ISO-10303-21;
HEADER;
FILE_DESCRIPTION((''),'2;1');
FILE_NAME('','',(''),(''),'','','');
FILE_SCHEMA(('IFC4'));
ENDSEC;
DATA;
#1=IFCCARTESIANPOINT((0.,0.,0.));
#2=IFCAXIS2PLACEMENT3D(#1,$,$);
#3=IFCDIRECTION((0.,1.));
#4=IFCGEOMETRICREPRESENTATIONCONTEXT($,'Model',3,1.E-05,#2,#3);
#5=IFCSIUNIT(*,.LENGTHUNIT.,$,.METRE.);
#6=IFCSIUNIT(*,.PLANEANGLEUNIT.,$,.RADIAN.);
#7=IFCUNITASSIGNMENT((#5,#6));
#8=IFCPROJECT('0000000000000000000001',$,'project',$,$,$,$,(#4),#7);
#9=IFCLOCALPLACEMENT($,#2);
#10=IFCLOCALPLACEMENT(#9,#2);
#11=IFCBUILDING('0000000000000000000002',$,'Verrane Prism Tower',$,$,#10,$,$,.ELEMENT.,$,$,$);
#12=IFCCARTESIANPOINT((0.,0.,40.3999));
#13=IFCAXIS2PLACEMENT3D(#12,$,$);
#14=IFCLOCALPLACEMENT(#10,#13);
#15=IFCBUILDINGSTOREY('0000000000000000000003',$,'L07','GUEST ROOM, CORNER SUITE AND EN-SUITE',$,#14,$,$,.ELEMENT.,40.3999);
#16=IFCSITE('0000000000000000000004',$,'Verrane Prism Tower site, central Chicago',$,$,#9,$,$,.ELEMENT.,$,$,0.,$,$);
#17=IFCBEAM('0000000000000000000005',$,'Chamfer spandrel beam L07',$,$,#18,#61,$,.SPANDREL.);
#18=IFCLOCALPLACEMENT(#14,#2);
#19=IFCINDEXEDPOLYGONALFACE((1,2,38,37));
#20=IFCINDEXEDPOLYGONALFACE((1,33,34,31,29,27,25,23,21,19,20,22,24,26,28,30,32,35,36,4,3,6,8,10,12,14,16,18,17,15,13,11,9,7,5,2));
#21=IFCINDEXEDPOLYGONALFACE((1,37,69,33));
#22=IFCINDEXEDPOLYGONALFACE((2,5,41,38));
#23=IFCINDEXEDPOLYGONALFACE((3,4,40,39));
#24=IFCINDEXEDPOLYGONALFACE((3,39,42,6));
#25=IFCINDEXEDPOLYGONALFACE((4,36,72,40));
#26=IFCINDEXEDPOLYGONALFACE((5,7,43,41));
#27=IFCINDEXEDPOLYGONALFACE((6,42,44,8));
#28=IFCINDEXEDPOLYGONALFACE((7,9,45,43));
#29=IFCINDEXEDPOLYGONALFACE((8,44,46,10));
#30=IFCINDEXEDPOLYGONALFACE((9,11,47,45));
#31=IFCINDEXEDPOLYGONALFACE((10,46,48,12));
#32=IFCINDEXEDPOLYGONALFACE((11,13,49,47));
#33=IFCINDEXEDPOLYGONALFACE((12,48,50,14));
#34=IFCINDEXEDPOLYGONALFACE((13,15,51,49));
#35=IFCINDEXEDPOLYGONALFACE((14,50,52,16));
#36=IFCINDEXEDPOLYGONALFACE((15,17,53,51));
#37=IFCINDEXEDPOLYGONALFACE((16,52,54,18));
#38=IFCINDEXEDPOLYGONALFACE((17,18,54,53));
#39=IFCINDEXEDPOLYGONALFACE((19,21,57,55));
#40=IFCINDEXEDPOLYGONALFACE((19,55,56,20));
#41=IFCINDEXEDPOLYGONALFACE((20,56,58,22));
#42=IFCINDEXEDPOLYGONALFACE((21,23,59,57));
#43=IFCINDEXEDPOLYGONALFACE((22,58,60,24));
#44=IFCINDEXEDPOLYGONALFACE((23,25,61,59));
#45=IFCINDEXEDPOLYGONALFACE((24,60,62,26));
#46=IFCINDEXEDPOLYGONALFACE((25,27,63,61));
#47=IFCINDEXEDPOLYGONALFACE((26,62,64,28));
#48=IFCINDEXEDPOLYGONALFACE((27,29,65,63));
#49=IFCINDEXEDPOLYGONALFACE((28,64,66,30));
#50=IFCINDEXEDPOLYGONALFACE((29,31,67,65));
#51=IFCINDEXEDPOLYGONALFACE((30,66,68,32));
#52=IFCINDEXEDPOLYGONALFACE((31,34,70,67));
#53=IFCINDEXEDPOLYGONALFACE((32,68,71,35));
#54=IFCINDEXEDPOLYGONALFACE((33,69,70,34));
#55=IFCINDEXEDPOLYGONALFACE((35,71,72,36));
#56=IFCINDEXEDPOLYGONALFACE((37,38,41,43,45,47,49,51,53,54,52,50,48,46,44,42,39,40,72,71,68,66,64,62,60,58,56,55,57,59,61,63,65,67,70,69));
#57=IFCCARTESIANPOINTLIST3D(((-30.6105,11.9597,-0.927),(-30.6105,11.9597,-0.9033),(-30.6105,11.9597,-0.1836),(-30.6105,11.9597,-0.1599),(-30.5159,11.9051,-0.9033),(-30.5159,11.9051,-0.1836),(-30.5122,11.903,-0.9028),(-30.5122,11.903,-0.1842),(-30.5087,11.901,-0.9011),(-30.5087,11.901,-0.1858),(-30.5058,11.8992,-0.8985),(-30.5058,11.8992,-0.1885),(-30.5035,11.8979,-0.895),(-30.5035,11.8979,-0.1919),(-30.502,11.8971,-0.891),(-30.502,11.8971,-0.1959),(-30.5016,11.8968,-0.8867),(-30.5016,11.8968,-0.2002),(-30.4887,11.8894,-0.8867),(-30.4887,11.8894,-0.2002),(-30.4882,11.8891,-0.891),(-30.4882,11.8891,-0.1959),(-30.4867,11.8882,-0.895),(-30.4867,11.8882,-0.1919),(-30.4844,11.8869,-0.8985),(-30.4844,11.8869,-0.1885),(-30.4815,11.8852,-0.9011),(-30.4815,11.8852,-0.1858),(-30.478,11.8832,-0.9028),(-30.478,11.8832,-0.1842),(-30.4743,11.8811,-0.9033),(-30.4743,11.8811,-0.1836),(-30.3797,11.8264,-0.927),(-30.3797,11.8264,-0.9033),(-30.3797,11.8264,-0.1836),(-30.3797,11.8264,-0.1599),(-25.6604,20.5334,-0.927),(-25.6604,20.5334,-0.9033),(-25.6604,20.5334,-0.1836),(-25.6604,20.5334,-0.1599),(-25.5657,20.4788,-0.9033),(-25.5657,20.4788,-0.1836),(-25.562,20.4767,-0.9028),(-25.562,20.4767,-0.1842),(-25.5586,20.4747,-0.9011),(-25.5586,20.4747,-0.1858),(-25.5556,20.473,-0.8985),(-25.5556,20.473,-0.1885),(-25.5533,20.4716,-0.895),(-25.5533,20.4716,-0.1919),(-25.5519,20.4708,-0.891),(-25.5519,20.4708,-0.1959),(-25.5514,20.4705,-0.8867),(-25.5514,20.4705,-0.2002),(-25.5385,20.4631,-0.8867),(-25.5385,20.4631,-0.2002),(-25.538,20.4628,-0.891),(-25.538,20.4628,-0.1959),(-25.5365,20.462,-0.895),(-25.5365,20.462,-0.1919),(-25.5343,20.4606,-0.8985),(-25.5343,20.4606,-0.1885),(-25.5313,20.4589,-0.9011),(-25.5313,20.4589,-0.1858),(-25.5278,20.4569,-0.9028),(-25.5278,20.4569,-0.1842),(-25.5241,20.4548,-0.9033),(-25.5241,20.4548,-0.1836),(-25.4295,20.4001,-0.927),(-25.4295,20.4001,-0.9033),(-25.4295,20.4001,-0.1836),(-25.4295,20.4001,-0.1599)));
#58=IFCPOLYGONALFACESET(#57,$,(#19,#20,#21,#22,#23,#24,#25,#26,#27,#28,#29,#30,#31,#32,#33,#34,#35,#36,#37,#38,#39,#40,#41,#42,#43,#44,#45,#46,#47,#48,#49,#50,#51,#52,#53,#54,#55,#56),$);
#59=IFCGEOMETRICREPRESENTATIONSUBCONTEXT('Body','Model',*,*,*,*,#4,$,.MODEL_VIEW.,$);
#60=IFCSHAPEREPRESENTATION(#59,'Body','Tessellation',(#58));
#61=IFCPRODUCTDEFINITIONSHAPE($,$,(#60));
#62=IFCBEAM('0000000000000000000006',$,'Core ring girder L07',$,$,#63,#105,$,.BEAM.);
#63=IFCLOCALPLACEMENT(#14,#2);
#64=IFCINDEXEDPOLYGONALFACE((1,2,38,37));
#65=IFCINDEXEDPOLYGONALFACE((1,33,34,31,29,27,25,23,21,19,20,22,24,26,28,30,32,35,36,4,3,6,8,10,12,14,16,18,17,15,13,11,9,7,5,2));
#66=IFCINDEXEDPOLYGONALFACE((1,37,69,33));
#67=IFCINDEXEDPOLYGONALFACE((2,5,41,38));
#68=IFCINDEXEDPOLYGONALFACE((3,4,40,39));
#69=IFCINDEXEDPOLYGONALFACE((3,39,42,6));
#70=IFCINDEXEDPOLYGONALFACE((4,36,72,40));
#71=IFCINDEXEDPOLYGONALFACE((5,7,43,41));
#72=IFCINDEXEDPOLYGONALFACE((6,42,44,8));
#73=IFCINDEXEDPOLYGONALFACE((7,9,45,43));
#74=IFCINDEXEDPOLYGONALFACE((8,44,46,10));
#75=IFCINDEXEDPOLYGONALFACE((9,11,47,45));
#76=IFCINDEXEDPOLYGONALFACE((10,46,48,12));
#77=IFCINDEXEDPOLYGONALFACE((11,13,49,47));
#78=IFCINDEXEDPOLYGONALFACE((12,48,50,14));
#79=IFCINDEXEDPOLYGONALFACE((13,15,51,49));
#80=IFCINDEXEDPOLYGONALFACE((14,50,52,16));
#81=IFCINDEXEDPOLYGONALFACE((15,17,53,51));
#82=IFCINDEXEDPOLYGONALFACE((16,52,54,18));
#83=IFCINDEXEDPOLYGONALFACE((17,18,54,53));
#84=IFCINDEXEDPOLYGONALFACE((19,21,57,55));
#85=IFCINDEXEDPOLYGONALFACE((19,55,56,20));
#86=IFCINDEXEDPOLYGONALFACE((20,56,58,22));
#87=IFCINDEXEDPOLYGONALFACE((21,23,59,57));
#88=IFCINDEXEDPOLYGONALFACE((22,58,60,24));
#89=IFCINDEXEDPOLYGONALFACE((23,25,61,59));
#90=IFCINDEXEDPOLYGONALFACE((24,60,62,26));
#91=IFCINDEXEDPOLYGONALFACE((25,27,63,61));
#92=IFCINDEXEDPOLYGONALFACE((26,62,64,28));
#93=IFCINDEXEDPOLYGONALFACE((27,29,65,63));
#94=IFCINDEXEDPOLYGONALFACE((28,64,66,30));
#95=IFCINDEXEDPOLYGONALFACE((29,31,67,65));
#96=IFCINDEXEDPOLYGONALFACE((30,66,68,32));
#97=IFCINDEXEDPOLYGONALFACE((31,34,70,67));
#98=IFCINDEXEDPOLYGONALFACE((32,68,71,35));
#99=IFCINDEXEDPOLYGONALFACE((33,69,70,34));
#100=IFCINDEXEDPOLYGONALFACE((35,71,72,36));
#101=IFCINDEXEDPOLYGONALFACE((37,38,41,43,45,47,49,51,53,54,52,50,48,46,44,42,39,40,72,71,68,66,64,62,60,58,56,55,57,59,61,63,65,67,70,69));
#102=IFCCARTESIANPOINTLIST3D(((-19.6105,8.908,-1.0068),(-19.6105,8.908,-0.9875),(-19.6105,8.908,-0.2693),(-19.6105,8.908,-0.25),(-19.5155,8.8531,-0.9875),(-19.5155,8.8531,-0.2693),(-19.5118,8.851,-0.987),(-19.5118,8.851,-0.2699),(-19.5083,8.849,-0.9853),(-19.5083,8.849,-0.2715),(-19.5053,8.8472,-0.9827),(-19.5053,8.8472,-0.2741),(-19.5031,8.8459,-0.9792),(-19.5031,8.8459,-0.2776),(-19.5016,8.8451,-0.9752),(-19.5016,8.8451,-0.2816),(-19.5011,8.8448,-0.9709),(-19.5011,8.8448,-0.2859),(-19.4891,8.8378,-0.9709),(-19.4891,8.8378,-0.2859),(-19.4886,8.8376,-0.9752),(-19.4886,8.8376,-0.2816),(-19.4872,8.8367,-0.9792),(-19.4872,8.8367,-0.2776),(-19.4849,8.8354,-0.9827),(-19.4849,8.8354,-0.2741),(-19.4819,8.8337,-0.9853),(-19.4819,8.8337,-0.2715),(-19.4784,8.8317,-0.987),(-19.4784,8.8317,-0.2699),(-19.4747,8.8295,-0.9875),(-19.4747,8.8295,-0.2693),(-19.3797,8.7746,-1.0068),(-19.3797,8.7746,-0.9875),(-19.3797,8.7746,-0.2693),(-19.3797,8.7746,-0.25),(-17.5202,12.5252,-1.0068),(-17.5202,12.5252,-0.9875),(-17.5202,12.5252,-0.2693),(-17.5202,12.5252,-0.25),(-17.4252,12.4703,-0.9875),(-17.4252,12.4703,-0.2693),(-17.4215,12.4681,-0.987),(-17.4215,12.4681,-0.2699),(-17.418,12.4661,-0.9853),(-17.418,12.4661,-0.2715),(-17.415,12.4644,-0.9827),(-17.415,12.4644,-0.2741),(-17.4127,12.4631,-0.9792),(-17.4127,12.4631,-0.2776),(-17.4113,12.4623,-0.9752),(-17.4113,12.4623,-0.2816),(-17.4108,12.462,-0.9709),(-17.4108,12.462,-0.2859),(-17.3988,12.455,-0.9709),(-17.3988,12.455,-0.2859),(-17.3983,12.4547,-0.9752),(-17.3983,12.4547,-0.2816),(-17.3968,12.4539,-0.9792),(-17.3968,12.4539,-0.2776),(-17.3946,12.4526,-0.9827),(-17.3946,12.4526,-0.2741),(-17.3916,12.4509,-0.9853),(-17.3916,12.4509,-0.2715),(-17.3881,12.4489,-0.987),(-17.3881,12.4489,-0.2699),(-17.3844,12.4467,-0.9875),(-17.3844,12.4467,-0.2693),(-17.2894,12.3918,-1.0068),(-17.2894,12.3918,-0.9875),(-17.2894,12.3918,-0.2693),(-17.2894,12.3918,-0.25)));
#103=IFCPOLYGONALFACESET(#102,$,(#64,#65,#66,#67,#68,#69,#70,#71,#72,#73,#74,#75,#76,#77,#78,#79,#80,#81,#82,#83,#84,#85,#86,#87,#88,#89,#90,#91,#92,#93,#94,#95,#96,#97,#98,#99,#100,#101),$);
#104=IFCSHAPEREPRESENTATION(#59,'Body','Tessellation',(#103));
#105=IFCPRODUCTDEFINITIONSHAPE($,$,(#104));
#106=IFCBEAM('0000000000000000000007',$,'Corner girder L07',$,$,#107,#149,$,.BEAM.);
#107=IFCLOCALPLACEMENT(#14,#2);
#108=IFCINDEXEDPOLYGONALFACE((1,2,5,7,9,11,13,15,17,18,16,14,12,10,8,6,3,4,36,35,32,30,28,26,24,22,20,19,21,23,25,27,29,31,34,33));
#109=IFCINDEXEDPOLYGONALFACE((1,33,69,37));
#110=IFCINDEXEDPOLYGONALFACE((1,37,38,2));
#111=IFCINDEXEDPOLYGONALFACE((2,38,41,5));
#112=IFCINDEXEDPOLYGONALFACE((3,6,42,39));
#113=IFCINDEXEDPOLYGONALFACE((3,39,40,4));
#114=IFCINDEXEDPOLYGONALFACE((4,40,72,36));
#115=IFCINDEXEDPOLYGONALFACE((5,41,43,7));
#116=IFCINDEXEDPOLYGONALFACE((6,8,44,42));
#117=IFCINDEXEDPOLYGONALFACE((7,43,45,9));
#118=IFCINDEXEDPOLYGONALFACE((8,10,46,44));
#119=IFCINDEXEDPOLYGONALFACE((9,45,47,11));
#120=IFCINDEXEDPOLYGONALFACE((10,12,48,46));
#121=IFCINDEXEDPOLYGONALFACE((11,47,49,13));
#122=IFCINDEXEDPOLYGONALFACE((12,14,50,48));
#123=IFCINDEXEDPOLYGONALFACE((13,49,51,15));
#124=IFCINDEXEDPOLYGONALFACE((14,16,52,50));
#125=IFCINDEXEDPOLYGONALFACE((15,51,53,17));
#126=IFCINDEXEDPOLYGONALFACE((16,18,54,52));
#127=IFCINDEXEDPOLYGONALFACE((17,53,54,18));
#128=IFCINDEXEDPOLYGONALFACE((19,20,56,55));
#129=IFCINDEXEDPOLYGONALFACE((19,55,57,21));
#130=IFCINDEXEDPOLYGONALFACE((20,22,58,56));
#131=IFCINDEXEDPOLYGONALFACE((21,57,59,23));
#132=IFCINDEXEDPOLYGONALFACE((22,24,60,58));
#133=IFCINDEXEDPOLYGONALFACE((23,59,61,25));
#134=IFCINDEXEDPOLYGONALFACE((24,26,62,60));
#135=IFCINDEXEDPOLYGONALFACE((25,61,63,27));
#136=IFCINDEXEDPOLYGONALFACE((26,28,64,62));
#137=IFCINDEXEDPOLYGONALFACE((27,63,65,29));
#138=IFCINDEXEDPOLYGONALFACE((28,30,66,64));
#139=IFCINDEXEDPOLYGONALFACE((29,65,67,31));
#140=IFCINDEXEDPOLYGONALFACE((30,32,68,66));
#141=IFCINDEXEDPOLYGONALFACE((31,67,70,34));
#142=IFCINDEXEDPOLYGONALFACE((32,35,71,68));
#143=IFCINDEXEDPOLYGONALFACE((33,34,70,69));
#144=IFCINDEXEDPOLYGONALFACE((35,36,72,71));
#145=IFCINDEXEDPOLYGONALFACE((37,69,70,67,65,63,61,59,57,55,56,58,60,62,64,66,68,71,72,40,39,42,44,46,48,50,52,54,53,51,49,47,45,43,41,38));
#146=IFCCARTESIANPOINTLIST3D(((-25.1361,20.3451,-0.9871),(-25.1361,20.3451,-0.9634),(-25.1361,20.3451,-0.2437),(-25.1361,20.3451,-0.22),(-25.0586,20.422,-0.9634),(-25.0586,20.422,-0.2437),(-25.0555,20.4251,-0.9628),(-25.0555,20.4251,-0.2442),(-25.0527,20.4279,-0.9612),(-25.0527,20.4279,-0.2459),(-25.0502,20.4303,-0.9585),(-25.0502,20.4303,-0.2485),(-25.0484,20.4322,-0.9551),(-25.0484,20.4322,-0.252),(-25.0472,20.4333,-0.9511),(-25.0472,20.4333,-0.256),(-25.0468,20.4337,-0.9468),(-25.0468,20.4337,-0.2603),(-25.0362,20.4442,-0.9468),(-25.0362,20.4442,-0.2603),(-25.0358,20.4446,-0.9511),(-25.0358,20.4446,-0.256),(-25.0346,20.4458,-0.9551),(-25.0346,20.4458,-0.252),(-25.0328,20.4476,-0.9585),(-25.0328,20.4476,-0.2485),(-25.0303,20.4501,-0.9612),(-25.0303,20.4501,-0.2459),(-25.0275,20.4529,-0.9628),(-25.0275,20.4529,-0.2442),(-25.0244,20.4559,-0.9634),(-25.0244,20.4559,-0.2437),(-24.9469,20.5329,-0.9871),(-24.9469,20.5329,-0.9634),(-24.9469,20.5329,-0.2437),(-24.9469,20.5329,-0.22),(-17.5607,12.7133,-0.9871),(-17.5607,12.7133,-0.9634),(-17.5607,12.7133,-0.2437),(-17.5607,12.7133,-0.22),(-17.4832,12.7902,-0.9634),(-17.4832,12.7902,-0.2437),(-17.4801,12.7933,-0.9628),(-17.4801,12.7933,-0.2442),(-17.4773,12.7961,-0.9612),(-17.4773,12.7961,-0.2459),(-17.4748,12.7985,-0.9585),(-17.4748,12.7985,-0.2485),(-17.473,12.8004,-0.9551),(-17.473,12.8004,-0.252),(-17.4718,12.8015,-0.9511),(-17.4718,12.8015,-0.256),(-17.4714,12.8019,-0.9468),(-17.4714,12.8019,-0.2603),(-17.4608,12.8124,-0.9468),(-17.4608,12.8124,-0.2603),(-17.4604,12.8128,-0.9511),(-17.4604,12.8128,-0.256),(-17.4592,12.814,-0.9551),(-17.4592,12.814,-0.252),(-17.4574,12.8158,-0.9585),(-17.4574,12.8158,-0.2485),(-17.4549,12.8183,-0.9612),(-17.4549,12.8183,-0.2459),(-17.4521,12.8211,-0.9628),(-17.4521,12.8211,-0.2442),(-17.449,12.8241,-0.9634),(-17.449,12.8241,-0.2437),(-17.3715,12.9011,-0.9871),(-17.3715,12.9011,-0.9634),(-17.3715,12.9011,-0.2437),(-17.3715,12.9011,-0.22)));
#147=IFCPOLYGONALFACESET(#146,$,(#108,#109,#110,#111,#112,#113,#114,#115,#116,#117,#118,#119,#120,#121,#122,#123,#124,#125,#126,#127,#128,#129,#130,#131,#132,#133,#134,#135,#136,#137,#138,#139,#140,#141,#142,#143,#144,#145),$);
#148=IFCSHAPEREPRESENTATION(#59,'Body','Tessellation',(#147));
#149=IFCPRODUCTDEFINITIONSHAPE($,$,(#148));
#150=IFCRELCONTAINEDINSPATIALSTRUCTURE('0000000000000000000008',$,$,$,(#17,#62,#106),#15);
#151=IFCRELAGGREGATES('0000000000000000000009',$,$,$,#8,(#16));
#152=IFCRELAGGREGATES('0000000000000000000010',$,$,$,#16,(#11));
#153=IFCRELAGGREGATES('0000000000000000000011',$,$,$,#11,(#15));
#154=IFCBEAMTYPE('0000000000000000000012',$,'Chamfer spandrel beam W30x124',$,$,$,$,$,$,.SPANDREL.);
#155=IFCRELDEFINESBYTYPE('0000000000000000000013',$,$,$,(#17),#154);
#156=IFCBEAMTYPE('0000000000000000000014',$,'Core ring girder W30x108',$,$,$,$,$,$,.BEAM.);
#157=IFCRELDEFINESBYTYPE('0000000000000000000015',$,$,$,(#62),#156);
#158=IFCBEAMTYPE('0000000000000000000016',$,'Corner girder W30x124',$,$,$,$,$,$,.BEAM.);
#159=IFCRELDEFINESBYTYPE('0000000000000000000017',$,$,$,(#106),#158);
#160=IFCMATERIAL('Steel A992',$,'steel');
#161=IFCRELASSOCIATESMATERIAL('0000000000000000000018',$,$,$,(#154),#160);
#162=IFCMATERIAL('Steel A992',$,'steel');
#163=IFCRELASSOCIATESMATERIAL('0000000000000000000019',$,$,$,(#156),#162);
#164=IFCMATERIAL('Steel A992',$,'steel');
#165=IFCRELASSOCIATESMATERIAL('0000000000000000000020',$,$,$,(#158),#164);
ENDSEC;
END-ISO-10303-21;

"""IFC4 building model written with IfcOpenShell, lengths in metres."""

from ifc_helpers import new_model, si_unit, direction, frame, origin, origin_2d, place, context, subcontext, project, spatial, i_section, extrude, material, material_profile, profile_set, type_object, element, save


model = new_model("IFC4")

# Units and contexts
model_context = context("Model", 3, precision=1e-05, world=origin(), true_north=direction((0.0, 1.0)))
body_context = subcontext(model_context, "Body", "Model", "MODEL_VIEW")
ifc_project = project(units=[si_unit("LENGTHUNIT", "METRE"), si_unit("PLANEANGLEUNIT", "RADIAN")], contexts=[model_context])

# Site, building, storey
site_placement = place(None, origin())
site = spatial("IfcSite", under=ifc_project, at=site_placement, Name="Verrane Prism Tower site, central Chicago", CompositionType="ELEMENT", RefElevation=0.0)
building_placement = place(site_placement, origin())
building = spatial("IfcBuilding", under=site, at=building_placement, Name="Verrane Prism Tower", CompositionType="ELEMENT")
storey_placement = place(building_placement, frame((0.0, 0.0, 40.3999)))
storey = spatial("IfcBuildingStorey", under=building, at=storey_placement, Name="L07", Description="GUEST ROOM, CORNER SUITE AND EN-SUITE", CompositionType="ELEMENT", Elevation=40.3999)

# Beams
ifc_material_1 = material(Name="Steel A992", Category="steel")
ifc_material_profile_1 = material_profile(ifc_material_1, i_section(OverallWidth=0.2666, OverallDepth=0.7671, WebThickness=0.0149, FlangeThickness=0.0237, FilletRadius=0.0166, at=origin_2d()), Name="W30x124")
ifc_profile_set_1 = profile_set([ifc_material_profile_1], Name="Steel A992")
beam_type_1 = type_object("IfcBeamType", Name="Chamfer spandrel beam W30x124", PredefinedType="SPANDREL", material=ifc_profile_set_1)
beam_1_placement = place(storey_placement, frame((-25.5449, 20.4668, -0.5435), z_axis=(-0.500011, -0.866019, 0.0), x_axis=(0.866019, -0.500011, 0.0)))
element("IfcBeam", 1, at=beam_1_placement, inside=storey, type_object=beam_type_1, Name="Chamfer spandrel beam L07", PredefinedType="SPANDREL", context=body_context, shape_type="SweptSolid", body=[
    extrude(i_section(OverallWidth=0.2666, OverallDepth=0.7671, WebThickness=0.0149, FlangeThickness=0.0237, FilletRadius=0.0166, at=origin_2d()), origin(), (0.0, 0.0, 1.0), 9.9001),
])
ifc_material_2 = material(Name="Steel A992", Category="steel")
ifc_material_profile_2 = material_profile(ifc_material_2, i_section(OverallWidth=0.2666, OverallDepth=0.7568, WebThickness=0.0139, FlangeThickness=0.0193, FilletRadius=0.0166, at=origin_2d()), Name="W30x108")
ifc_profile_set_2 = profile_set([ifc_material_profile_2], Name="Steel A992")
beam_type_2 = type_object("IfcBeamType", Name="Core ring girder W30x108", PredefinedType="BEAM", material=ifc_profile_set_2)
beam_2_placement = place(storey_placement, frame((-17.4048, 12.4585, -0.6284), z_axis=(-0.50035, -0.865823, 0.0), x_axis=(0.865823, -0.50035, 0.0)))
element("IfcBeam", 2, at=beam_2_placement, inside=storey, type_object=beam_type_2, Name="Core ring girder L07", PredefinedType="BEAM", context=body_context, shape_type="SweptSolid", body=[
    extrude(i_section(OverallWidth=0.2666, OverallDepth=0.7568, WebThickness=0.0139, FlangeThickness=0.0193, FilletRadius=0.0166, at=origin_2d()), origin(), (0.0, 0.0, 1.0), 4.1777),
])
ifc_material_3 = material(Name="Steel A992", Category="steel")
ifc_material_profile_3 = material_profile(ifc_material_3, i_section(OverallWidth=0.2666, OverallDepth=0.7671, WebThickness=0.0149, FlangeThickness=0.0237, FilletRadius=0.0166, at=origin_2d()), Name="W30x124")
ifc_profile_set_3 = profile_set([ifc_material_profile_3], Name="Steel A992")
beam_type_3 = type_object("IfcBeamType", Name="Corner girder W30x124", PredefinedType="BEAM", material=ifc_profile_set_3)
beam_3_placement = place(storey_placement, frame((-25.0415, 20.439, -0.6035), z_axis=(0.70448, -0.709724, 0.0), x_axis=(0.709724, 0.70448, 0.0)))
element("IfcBeam", 3, at=beam_3_placement, inside=storey, type_object=beam_type_3, Name="Corner girder L07", PredefinedType="BEAM", context=body_context, shape_type="SweptSolid", body=[
    extrude(i_section(OverallWidth=0.2666, OverallDepth=0.7671, WebThickness=0.0149, FlangeThickness=0.0237, FilletRadius=0.0166, at=origin_2d()), origin(), (0.0, 0.0, 1.0), 10.7532),
])

save(model, "model.ifc")
